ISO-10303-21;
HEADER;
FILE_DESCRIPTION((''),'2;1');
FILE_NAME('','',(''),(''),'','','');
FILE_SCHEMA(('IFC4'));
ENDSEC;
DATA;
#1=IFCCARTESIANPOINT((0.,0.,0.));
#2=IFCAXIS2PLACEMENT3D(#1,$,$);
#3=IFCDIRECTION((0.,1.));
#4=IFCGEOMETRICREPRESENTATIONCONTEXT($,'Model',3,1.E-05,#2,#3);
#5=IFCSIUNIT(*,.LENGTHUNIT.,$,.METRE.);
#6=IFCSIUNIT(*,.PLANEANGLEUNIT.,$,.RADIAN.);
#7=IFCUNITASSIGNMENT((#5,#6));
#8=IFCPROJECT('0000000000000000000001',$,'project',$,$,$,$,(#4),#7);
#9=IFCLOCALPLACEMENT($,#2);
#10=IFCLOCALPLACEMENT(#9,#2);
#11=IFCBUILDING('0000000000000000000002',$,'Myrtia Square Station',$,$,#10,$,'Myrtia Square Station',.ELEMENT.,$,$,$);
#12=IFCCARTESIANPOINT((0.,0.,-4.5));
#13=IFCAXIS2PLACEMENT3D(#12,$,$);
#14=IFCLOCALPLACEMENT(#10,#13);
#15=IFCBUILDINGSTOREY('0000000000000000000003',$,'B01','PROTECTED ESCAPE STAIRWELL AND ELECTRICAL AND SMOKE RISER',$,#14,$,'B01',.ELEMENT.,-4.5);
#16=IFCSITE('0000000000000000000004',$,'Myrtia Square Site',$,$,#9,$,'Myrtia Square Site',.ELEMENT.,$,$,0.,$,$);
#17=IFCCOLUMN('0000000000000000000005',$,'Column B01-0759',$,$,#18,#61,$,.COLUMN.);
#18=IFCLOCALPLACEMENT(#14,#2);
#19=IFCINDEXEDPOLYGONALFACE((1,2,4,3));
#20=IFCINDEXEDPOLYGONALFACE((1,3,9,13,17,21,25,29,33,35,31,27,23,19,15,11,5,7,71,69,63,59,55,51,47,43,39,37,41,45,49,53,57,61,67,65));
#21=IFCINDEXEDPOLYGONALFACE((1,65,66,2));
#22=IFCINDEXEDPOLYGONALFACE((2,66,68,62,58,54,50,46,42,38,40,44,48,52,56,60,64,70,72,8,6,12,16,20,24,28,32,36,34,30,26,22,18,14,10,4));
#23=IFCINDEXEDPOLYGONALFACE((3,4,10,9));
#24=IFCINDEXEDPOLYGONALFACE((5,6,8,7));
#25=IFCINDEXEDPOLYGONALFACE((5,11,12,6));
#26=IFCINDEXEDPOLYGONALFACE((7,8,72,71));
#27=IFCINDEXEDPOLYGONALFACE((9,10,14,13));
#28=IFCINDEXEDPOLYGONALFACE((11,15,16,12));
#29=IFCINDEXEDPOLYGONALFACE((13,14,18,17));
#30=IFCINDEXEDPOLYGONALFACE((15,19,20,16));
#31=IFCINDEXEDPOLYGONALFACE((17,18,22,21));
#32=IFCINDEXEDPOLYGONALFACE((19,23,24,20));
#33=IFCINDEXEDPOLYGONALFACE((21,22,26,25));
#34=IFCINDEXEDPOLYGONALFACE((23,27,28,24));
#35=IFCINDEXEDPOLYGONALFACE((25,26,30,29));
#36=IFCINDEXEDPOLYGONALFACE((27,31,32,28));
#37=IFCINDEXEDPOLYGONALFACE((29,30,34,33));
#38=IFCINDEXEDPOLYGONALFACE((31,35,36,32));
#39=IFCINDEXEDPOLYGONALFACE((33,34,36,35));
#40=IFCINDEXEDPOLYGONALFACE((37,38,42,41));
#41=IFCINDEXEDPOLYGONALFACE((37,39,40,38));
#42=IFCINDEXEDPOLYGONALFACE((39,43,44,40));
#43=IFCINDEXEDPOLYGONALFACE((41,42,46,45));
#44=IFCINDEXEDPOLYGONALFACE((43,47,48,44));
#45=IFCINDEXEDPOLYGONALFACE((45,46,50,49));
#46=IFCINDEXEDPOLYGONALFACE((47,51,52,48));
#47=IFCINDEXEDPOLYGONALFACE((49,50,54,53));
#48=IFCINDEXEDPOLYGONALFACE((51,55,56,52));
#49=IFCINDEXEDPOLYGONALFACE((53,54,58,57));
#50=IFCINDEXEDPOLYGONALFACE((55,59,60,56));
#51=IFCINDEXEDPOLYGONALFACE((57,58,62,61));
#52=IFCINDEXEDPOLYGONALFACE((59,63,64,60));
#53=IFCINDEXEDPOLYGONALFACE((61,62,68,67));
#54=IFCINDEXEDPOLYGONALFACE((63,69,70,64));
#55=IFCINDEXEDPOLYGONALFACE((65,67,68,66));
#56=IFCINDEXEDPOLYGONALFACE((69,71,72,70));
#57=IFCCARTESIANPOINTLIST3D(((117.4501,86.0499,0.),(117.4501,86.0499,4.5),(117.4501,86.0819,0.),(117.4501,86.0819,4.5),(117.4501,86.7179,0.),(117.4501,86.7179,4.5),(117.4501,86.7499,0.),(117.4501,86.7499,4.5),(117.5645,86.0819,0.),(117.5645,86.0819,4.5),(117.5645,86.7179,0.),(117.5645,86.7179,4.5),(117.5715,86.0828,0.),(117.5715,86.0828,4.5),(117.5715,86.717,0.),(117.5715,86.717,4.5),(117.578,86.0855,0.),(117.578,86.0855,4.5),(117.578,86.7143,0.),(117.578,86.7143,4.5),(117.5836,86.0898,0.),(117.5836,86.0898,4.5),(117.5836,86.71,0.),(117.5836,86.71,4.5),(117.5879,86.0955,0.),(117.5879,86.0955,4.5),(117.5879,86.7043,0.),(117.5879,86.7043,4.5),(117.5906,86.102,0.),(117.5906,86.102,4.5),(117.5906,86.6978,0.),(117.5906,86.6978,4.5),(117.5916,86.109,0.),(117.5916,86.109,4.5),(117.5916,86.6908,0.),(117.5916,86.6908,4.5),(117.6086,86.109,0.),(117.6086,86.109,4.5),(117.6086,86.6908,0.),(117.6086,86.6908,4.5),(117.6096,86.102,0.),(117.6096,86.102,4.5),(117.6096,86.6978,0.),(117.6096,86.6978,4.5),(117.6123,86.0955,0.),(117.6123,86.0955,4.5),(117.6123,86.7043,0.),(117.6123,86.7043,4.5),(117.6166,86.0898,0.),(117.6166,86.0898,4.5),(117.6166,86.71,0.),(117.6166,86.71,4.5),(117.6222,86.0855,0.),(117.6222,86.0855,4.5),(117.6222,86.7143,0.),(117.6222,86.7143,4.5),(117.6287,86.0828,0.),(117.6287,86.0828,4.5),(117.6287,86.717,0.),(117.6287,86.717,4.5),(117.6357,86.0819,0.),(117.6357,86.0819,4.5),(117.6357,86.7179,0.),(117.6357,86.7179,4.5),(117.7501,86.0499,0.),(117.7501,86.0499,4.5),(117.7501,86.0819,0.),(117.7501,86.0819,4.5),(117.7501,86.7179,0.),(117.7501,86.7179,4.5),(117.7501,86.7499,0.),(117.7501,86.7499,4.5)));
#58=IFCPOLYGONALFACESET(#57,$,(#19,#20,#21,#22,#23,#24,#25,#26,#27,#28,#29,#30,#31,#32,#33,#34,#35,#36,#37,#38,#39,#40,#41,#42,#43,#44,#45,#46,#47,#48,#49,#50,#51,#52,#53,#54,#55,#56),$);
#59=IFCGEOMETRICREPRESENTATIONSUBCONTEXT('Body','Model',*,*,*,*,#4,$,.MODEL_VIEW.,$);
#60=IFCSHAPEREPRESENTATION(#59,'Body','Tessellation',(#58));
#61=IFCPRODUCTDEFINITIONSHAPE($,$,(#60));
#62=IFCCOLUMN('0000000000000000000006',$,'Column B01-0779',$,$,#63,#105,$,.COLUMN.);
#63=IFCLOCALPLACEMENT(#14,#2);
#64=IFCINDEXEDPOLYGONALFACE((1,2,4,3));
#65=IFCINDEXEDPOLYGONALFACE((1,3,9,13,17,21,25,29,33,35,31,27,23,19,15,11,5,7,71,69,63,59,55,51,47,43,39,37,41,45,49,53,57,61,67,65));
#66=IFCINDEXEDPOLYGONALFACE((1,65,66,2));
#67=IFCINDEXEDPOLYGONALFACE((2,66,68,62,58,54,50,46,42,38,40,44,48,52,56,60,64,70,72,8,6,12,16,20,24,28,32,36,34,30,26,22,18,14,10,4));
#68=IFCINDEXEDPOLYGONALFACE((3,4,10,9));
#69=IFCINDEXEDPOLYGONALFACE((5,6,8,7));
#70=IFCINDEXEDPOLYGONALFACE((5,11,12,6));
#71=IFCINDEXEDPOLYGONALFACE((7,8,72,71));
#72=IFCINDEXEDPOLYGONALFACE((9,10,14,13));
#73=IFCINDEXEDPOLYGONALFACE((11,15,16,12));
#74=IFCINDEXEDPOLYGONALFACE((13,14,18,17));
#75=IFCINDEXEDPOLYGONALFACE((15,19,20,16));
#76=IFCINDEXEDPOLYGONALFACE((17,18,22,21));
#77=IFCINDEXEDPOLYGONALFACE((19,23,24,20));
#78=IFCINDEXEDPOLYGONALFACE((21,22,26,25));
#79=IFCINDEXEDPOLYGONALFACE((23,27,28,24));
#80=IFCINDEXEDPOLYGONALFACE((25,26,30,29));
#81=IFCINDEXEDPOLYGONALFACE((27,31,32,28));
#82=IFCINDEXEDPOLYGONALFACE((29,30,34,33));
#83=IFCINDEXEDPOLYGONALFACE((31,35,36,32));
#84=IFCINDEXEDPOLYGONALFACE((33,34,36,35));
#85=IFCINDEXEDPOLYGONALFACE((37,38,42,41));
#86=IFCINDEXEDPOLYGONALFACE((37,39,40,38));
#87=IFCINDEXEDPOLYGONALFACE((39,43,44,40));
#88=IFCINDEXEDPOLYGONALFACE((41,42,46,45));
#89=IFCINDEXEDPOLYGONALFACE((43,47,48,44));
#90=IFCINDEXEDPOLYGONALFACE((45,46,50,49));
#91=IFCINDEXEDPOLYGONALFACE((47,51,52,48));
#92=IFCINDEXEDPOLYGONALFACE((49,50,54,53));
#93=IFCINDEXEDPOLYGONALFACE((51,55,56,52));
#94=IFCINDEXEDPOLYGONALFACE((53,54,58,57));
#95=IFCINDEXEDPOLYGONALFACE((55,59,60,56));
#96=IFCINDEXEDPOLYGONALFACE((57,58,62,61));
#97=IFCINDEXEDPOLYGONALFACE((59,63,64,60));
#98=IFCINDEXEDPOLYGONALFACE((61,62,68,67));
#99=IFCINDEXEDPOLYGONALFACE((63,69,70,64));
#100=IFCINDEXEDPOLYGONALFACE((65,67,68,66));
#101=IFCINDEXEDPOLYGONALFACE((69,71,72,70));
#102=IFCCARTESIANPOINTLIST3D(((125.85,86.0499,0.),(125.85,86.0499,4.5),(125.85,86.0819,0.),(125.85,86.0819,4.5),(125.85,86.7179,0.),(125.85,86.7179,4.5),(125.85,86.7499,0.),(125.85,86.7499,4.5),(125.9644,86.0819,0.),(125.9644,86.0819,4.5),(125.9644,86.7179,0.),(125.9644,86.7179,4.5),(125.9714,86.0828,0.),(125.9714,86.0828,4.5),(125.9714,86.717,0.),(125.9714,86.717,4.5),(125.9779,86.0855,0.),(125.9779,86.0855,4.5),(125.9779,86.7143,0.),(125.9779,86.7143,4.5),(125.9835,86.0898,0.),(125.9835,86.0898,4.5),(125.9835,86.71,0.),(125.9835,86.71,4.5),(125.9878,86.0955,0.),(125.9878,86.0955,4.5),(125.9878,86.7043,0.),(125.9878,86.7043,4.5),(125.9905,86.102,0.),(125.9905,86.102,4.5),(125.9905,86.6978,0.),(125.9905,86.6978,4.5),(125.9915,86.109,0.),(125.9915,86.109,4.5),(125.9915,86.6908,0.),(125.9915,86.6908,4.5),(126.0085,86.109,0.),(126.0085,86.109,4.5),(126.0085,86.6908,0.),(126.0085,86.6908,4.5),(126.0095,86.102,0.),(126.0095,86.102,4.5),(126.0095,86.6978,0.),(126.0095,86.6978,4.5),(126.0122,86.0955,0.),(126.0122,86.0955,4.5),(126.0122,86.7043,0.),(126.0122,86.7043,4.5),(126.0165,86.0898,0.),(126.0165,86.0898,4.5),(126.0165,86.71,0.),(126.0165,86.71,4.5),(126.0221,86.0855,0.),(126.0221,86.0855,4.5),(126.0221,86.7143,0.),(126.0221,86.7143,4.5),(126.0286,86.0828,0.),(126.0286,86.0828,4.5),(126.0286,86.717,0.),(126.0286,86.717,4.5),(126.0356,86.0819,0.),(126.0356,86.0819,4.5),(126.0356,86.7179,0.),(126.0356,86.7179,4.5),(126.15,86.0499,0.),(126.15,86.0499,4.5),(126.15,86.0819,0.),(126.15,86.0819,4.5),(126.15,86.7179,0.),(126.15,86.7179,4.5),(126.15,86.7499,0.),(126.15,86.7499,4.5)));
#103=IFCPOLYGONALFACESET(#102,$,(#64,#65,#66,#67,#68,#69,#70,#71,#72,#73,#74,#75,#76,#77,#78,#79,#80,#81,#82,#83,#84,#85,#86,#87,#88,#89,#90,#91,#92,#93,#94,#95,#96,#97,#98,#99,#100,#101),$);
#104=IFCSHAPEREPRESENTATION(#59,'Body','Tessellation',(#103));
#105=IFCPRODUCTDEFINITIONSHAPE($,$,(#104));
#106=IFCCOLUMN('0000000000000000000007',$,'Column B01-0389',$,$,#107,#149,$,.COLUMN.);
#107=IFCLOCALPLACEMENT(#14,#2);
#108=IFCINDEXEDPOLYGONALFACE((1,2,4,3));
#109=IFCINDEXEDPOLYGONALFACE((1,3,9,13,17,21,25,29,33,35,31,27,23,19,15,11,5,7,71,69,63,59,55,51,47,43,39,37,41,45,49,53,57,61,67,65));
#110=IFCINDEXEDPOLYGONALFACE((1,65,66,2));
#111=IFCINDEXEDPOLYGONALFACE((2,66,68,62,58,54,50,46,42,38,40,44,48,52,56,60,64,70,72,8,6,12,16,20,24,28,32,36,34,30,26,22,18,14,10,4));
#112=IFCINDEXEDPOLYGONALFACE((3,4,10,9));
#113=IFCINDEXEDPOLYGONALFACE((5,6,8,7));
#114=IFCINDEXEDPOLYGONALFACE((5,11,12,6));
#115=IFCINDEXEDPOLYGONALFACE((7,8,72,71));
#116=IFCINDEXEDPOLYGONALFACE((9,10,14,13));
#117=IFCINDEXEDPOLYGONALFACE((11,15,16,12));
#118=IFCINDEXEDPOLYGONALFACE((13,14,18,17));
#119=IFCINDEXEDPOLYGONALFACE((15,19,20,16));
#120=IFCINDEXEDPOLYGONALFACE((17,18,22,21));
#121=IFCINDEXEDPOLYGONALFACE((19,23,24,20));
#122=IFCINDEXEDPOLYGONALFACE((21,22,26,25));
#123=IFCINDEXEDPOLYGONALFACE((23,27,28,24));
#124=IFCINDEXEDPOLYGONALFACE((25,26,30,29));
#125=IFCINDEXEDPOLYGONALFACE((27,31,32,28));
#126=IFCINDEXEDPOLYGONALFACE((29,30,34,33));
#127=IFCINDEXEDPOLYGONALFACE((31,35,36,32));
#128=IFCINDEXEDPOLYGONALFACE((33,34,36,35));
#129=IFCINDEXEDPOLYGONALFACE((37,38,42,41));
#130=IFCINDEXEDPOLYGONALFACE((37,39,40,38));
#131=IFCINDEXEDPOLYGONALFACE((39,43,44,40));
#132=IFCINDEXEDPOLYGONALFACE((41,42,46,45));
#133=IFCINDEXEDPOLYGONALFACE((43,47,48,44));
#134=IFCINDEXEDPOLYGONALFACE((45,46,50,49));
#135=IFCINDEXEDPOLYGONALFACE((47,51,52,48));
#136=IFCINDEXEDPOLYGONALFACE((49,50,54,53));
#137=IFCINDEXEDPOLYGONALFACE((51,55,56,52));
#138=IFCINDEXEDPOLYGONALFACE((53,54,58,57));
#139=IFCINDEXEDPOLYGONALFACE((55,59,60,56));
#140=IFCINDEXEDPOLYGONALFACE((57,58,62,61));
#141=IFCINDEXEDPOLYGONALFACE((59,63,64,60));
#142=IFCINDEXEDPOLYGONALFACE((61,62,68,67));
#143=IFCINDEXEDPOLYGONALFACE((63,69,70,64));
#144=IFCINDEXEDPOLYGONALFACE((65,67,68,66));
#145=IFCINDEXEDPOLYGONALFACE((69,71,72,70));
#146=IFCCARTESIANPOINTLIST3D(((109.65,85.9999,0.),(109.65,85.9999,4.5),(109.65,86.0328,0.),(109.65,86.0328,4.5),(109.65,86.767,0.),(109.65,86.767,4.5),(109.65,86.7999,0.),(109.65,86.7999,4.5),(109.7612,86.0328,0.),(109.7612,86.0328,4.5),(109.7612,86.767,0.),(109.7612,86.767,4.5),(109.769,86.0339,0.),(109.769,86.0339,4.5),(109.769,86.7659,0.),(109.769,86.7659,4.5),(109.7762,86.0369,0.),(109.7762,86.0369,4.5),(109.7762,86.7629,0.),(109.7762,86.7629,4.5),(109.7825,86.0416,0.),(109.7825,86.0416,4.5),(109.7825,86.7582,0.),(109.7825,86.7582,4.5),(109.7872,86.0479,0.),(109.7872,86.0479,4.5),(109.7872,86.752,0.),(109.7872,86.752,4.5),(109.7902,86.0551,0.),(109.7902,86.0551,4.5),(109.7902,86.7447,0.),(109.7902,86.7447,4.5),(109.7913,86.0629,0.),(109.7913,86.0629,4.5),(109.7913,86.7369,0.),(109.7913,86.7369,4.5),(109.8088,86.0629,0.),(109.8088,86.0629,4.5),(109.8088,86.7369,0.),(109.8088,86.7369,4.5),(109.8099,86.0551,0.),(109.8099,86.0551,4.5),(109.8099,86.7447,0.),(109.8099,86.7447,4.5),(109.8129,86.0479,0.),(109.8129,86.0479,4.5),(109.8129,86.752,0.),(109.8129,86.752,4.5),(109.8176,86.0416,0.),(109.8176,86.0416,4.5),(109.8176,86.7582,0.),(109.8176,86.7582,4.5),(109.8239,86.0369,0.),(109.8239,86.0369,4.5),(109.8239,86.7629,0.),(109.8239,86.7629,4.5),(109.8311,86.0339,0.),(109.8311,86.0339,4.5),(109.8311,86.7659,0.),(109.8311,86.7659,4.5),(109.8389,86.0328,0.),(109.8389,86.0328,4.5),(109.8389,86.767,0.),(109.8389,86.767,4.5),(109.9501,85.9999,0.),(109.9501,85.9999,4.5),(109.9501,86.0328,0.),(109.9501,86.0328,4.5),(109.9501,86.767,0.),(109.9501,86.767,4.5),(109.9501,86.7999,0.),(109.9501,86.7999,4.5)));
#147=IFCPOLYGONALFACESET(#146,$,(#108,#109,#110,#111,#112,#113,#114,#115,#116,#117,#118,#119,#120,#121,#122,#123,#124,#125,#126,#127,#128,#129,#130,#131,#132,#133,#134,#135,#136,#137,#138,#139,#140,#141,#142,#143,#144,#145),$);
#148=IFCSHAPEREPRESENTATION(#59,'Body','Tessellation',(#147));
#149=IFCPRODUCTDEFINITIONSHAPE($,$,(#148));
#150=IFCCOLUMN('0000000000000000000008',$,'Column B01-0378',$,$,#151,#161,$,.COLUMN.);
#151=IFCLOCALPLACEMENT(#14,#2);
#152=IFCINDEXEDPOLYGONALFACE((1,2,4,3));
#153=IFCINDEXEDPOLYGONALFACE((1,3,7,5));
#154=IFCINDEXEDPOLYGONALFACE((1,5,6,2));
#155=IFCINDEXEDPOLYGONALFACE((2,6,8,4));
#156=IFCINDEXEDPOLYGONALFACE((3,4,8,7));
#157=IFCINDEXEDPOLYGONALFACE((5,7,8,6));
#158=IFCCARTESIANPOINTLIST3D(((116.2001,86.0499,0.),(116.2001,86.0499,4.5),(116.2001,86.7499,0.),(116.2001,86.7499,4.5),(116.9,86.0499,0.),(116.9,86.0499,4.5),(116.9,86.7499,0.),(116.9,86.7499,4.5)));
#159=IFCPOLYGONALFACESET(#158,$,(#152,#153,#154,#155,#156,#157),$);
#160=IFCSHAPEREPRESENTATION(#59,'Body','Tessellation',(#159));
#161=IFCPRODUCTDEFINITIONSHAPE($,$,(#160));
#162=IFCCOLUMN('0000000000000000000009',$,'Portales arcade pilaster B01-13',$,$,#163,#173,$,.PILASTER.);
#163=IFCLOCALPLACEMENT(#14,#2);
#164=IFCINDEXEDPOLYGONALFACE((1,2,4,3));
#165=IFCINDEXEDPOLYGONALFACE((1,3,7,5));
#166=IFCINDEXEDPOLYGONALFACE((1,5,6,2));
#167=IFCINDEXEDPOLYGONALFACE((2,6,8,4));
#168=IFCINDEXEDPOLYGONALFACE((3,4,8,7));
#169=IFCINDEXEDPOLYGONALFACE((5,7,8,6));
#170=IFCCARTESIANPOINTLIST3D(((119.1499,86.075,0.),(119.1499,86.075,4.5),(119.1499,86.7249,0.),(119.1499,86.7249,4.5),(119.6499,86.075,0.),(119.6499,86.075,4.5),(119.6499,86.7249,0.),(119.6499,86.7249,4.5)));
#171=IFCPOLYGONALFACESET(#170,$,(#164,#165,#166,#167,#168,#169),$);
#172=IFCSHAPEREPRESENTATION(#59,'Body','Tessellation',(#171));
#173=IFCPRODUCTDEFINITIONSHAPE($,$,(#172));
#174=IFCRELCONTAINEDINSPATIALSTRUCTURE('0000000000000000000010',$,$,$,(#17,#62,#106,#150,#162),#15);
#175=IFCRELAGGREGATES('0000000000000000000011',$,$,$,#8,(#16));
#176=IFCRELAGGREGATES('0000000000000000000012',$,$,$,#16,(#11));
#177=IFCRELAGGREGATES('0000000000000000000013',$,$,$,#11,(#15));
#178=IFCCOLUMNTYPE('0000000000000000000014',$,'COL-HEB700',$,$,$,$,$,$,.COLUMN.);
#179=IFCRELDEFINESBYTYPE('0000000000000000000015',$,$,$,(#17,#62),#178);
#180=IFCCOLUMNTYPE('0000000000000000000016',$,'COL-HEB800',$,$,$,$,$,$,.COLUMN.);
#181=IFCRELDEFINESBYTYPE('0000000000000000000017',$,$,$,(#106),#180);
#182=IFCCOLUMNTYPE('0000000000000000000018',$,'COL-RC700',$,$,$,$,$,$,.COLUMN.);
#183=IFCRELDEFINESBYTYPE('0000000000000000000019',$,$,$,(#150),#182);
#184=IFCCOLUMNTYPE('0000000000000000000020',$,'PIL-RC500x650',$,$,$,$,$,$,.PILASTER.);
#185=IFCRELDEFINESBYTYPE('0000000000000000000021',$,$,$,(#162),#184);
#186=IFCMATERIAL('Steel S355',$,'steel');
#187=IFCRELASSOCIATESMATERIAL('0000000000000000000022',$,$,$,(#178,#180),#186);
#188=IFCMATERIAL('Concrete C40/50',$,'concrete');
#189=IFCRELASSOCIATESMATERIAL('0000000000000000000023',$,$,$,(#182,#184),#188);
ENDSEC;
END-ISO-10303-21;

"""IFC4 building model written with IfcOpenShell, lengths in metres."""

from ifc_helpers import new_model, si_unit, direction, frame, origin, origin_2d, place, context, subcontext, project, spatial, rectangle, i_section, extrude, material, material_profile, profile_set, type_object, element, save


model = new_model("IFC4")

# Units and contexts
model_context = context("Model", 3, precision=1e-05, world=origin(), true_north=direction((0.0, 1.0)))
body_context = subcontext(model_context, "Body", "Model", "MODEL_VIEW")
ifc_project = project(units=[si_unit("LENGTHUNIT", "METRE"), si_unit("PLANEANGLEUNIT", "RADIAN")], contexts=[model_context])

# Site, building, storey
site_placement = place(None, origin())
site = spatial("IfcSite", under=ifc_project, at=site_placement, Name="Myrtia Square Site", LongName="Myrtia Square Site", CompositionType="ELEMENT", RefElevation=0.0)
building_placement = place(site_placement, origin())
building = spatial("IfcBuilding", under=site, at=building_placement, Name="Myrtia Square Station", LongName="Myrtia Square Station", CompositionType="ELEMENT")
storey_placement = place(building_placement, frame((0.0, 0.0, -4.5)))
storey = spatial("IfcBuildingStorey", under=building, at=storey_placement, Name="B01", Description="PROTECTED ESCAPE STAIRWELL AND ELECTRICAL AND SMOKE RISER", LongName="B01", CompositionType="ELEMENT", Elevation=-4.5)

# Columns
ifc_material_1 = material(Name="Steel S355", Category="steel")
ifc_material_profile_1 = material_profile(ifc_material_1, i_section(OverallWidth=0.3, OverallDepth=0.7, WebThickness=0.0171, FlangeThickness=0.032, FilletRadius=0.0271, at=origin_2d()), Name="HEB 700")
ifc_profile_set_1 = profile_set([ifc_material_profile_1], Name="Steel S355")
column_type_1 = type_object("IfcColumnType", Name="COL-HEB700", PredefinedType="COLUMN", material=ifc_profile_set_1)
for number, where, z_axis, x_axis, name in (
    (1, (117.6001, 86.3999, 0.0), (0.0, 0.0, 1.0), (1.0, 0.0, 0.0), "Column B01-0759"),
    (2, (126.0, 86.3999, 0.0), (0.0, 0.0, 1.0), (1.0, 0.0, 0.0), "Column B01-0779"),
):
    element("IfcColumn", number, at=place(storey_placement, frame(where, z_axis=z_axis, x_axis=x_axis)), inside=storey, type_object=column_type_1, Name=name, PredefinedType="COLUMN", context=body_context, shape_type="SweptSolid", body=[
        extrude(i_section(OverallWidth=0.3, OverallDepth=0.7, WebThickness=0.0171, FlangeThickness=0.032, FilletRadius=0.0271, at=origin_2d()), origin(), (0.0, 0.0, 1.0), 4.5),
    ])
ifc_material_profile_2 = material_profile(ifc_material_1, i_section(OverallWidth=0.3, OverallDepth=0.8, WebThickness=0.0176, FlangeThickness=0.033, FilletRadius=0.03, at=origin_2d()), Name="HEB 800")
ifc_profile_set_2 = profile_set([ifc_material_profile_2], Name="Steel S355")
column_type_2 = type_object("IfcColumnType", Name="COL-HEB800", PredefinedType="COLUMN", material=ifc_profile_set_2)
column_1_placement = place(storey_placement, frame((109.8, 86.3999, 0.0), z_axis=(0.0, 0.0, 1.0), x_axis=(1.0, 0.0, 0.0)))
element("IfcColumn", 3, at=column_1_placement, inside=storey, type_object=column_type_2, Name="Column B01-0389", PredefinedType="COLUMN", context=body_context, shape_type="SweptSolid", body=[
    extrude(i_section(OverallWidth=0.3, OverallDepth=0.8, WebThickness=0.0176, FlangeThickness=0.033, FilletRadius=0.03, at=origin_2d()), origin(), (0.0, 0.0, 1.0), 4.5),
])
ifc_material_2 = material(Name="Concrete C40/50", Category="concrete")
ifc_material_profile_3 = material_profile(ifc_material_2, rectangle(XDim=0.7, YDim=0.7, at=origin_2d()), Name="RC 700x700")
ifc_profile_set_3 = profile_set([ifc_material_profile_3], Name="Concrete C40/50")
column_type_3 = type_object("IfcColumnType", Name="COL-RC700", PredefinedType="COLUMN", material=ifc_profile_set_3)
column_2_placement = place(storey_placement, frame((116.55, 86.3999, 0.0), z_axis=(0.0, 0.0, 1.0), x_axis=(1.0, 0.0, 0.0)))
element("IfcColumn", 4, at=column_2_placement, inside=storey, type_object=column_type_3, Name="Column B01-0378", PredefinedType="COLUMN", context=body_context, shape_type="SweptSolid", body=[
    extrude(rectangle(XDim=0.7, YDim=0.7, at=origin_2d()), origin(), (0.0, 0.0, 1.0), 4.5),
])
ifc_material_profile_4 = material_profile(ifc_material_2, rectangle(XDim=0.5, YDim=0.6499, at=origin_2d()), Name="PIL 500x650")
ifc_profile_set_4 = profile_set([ifc_material_profile_4], Name="Concrete C40/50")
column_type_4 = type_object("IfcColumnType", Name="PIL-RC500x650", PredefinedType="PILASTER", material=ifc_profile_set_4)
column_3_placement = place(storey_placement, frame((119.3999, 86.3999, 0.0), z_axis=(0.0, 0.0, 1.0), x_axis=(1.0, 0.0, 0.0)))
element("IfcColumn", 5, at=column_3_placement, inside=storey, type_object=column_type_4, Name="Portales arcade pilaster B01-13", PredefinedType="PILASTER", context=body_context, shape_type="SweptSolid", body=[
    extrude(rectangle(XDim=0.5, YDim=0.6499, at=origin_2d()), origin(), (0.0, 0.0, 1.0), 4.5),
])

save(model, "model.ifc")
